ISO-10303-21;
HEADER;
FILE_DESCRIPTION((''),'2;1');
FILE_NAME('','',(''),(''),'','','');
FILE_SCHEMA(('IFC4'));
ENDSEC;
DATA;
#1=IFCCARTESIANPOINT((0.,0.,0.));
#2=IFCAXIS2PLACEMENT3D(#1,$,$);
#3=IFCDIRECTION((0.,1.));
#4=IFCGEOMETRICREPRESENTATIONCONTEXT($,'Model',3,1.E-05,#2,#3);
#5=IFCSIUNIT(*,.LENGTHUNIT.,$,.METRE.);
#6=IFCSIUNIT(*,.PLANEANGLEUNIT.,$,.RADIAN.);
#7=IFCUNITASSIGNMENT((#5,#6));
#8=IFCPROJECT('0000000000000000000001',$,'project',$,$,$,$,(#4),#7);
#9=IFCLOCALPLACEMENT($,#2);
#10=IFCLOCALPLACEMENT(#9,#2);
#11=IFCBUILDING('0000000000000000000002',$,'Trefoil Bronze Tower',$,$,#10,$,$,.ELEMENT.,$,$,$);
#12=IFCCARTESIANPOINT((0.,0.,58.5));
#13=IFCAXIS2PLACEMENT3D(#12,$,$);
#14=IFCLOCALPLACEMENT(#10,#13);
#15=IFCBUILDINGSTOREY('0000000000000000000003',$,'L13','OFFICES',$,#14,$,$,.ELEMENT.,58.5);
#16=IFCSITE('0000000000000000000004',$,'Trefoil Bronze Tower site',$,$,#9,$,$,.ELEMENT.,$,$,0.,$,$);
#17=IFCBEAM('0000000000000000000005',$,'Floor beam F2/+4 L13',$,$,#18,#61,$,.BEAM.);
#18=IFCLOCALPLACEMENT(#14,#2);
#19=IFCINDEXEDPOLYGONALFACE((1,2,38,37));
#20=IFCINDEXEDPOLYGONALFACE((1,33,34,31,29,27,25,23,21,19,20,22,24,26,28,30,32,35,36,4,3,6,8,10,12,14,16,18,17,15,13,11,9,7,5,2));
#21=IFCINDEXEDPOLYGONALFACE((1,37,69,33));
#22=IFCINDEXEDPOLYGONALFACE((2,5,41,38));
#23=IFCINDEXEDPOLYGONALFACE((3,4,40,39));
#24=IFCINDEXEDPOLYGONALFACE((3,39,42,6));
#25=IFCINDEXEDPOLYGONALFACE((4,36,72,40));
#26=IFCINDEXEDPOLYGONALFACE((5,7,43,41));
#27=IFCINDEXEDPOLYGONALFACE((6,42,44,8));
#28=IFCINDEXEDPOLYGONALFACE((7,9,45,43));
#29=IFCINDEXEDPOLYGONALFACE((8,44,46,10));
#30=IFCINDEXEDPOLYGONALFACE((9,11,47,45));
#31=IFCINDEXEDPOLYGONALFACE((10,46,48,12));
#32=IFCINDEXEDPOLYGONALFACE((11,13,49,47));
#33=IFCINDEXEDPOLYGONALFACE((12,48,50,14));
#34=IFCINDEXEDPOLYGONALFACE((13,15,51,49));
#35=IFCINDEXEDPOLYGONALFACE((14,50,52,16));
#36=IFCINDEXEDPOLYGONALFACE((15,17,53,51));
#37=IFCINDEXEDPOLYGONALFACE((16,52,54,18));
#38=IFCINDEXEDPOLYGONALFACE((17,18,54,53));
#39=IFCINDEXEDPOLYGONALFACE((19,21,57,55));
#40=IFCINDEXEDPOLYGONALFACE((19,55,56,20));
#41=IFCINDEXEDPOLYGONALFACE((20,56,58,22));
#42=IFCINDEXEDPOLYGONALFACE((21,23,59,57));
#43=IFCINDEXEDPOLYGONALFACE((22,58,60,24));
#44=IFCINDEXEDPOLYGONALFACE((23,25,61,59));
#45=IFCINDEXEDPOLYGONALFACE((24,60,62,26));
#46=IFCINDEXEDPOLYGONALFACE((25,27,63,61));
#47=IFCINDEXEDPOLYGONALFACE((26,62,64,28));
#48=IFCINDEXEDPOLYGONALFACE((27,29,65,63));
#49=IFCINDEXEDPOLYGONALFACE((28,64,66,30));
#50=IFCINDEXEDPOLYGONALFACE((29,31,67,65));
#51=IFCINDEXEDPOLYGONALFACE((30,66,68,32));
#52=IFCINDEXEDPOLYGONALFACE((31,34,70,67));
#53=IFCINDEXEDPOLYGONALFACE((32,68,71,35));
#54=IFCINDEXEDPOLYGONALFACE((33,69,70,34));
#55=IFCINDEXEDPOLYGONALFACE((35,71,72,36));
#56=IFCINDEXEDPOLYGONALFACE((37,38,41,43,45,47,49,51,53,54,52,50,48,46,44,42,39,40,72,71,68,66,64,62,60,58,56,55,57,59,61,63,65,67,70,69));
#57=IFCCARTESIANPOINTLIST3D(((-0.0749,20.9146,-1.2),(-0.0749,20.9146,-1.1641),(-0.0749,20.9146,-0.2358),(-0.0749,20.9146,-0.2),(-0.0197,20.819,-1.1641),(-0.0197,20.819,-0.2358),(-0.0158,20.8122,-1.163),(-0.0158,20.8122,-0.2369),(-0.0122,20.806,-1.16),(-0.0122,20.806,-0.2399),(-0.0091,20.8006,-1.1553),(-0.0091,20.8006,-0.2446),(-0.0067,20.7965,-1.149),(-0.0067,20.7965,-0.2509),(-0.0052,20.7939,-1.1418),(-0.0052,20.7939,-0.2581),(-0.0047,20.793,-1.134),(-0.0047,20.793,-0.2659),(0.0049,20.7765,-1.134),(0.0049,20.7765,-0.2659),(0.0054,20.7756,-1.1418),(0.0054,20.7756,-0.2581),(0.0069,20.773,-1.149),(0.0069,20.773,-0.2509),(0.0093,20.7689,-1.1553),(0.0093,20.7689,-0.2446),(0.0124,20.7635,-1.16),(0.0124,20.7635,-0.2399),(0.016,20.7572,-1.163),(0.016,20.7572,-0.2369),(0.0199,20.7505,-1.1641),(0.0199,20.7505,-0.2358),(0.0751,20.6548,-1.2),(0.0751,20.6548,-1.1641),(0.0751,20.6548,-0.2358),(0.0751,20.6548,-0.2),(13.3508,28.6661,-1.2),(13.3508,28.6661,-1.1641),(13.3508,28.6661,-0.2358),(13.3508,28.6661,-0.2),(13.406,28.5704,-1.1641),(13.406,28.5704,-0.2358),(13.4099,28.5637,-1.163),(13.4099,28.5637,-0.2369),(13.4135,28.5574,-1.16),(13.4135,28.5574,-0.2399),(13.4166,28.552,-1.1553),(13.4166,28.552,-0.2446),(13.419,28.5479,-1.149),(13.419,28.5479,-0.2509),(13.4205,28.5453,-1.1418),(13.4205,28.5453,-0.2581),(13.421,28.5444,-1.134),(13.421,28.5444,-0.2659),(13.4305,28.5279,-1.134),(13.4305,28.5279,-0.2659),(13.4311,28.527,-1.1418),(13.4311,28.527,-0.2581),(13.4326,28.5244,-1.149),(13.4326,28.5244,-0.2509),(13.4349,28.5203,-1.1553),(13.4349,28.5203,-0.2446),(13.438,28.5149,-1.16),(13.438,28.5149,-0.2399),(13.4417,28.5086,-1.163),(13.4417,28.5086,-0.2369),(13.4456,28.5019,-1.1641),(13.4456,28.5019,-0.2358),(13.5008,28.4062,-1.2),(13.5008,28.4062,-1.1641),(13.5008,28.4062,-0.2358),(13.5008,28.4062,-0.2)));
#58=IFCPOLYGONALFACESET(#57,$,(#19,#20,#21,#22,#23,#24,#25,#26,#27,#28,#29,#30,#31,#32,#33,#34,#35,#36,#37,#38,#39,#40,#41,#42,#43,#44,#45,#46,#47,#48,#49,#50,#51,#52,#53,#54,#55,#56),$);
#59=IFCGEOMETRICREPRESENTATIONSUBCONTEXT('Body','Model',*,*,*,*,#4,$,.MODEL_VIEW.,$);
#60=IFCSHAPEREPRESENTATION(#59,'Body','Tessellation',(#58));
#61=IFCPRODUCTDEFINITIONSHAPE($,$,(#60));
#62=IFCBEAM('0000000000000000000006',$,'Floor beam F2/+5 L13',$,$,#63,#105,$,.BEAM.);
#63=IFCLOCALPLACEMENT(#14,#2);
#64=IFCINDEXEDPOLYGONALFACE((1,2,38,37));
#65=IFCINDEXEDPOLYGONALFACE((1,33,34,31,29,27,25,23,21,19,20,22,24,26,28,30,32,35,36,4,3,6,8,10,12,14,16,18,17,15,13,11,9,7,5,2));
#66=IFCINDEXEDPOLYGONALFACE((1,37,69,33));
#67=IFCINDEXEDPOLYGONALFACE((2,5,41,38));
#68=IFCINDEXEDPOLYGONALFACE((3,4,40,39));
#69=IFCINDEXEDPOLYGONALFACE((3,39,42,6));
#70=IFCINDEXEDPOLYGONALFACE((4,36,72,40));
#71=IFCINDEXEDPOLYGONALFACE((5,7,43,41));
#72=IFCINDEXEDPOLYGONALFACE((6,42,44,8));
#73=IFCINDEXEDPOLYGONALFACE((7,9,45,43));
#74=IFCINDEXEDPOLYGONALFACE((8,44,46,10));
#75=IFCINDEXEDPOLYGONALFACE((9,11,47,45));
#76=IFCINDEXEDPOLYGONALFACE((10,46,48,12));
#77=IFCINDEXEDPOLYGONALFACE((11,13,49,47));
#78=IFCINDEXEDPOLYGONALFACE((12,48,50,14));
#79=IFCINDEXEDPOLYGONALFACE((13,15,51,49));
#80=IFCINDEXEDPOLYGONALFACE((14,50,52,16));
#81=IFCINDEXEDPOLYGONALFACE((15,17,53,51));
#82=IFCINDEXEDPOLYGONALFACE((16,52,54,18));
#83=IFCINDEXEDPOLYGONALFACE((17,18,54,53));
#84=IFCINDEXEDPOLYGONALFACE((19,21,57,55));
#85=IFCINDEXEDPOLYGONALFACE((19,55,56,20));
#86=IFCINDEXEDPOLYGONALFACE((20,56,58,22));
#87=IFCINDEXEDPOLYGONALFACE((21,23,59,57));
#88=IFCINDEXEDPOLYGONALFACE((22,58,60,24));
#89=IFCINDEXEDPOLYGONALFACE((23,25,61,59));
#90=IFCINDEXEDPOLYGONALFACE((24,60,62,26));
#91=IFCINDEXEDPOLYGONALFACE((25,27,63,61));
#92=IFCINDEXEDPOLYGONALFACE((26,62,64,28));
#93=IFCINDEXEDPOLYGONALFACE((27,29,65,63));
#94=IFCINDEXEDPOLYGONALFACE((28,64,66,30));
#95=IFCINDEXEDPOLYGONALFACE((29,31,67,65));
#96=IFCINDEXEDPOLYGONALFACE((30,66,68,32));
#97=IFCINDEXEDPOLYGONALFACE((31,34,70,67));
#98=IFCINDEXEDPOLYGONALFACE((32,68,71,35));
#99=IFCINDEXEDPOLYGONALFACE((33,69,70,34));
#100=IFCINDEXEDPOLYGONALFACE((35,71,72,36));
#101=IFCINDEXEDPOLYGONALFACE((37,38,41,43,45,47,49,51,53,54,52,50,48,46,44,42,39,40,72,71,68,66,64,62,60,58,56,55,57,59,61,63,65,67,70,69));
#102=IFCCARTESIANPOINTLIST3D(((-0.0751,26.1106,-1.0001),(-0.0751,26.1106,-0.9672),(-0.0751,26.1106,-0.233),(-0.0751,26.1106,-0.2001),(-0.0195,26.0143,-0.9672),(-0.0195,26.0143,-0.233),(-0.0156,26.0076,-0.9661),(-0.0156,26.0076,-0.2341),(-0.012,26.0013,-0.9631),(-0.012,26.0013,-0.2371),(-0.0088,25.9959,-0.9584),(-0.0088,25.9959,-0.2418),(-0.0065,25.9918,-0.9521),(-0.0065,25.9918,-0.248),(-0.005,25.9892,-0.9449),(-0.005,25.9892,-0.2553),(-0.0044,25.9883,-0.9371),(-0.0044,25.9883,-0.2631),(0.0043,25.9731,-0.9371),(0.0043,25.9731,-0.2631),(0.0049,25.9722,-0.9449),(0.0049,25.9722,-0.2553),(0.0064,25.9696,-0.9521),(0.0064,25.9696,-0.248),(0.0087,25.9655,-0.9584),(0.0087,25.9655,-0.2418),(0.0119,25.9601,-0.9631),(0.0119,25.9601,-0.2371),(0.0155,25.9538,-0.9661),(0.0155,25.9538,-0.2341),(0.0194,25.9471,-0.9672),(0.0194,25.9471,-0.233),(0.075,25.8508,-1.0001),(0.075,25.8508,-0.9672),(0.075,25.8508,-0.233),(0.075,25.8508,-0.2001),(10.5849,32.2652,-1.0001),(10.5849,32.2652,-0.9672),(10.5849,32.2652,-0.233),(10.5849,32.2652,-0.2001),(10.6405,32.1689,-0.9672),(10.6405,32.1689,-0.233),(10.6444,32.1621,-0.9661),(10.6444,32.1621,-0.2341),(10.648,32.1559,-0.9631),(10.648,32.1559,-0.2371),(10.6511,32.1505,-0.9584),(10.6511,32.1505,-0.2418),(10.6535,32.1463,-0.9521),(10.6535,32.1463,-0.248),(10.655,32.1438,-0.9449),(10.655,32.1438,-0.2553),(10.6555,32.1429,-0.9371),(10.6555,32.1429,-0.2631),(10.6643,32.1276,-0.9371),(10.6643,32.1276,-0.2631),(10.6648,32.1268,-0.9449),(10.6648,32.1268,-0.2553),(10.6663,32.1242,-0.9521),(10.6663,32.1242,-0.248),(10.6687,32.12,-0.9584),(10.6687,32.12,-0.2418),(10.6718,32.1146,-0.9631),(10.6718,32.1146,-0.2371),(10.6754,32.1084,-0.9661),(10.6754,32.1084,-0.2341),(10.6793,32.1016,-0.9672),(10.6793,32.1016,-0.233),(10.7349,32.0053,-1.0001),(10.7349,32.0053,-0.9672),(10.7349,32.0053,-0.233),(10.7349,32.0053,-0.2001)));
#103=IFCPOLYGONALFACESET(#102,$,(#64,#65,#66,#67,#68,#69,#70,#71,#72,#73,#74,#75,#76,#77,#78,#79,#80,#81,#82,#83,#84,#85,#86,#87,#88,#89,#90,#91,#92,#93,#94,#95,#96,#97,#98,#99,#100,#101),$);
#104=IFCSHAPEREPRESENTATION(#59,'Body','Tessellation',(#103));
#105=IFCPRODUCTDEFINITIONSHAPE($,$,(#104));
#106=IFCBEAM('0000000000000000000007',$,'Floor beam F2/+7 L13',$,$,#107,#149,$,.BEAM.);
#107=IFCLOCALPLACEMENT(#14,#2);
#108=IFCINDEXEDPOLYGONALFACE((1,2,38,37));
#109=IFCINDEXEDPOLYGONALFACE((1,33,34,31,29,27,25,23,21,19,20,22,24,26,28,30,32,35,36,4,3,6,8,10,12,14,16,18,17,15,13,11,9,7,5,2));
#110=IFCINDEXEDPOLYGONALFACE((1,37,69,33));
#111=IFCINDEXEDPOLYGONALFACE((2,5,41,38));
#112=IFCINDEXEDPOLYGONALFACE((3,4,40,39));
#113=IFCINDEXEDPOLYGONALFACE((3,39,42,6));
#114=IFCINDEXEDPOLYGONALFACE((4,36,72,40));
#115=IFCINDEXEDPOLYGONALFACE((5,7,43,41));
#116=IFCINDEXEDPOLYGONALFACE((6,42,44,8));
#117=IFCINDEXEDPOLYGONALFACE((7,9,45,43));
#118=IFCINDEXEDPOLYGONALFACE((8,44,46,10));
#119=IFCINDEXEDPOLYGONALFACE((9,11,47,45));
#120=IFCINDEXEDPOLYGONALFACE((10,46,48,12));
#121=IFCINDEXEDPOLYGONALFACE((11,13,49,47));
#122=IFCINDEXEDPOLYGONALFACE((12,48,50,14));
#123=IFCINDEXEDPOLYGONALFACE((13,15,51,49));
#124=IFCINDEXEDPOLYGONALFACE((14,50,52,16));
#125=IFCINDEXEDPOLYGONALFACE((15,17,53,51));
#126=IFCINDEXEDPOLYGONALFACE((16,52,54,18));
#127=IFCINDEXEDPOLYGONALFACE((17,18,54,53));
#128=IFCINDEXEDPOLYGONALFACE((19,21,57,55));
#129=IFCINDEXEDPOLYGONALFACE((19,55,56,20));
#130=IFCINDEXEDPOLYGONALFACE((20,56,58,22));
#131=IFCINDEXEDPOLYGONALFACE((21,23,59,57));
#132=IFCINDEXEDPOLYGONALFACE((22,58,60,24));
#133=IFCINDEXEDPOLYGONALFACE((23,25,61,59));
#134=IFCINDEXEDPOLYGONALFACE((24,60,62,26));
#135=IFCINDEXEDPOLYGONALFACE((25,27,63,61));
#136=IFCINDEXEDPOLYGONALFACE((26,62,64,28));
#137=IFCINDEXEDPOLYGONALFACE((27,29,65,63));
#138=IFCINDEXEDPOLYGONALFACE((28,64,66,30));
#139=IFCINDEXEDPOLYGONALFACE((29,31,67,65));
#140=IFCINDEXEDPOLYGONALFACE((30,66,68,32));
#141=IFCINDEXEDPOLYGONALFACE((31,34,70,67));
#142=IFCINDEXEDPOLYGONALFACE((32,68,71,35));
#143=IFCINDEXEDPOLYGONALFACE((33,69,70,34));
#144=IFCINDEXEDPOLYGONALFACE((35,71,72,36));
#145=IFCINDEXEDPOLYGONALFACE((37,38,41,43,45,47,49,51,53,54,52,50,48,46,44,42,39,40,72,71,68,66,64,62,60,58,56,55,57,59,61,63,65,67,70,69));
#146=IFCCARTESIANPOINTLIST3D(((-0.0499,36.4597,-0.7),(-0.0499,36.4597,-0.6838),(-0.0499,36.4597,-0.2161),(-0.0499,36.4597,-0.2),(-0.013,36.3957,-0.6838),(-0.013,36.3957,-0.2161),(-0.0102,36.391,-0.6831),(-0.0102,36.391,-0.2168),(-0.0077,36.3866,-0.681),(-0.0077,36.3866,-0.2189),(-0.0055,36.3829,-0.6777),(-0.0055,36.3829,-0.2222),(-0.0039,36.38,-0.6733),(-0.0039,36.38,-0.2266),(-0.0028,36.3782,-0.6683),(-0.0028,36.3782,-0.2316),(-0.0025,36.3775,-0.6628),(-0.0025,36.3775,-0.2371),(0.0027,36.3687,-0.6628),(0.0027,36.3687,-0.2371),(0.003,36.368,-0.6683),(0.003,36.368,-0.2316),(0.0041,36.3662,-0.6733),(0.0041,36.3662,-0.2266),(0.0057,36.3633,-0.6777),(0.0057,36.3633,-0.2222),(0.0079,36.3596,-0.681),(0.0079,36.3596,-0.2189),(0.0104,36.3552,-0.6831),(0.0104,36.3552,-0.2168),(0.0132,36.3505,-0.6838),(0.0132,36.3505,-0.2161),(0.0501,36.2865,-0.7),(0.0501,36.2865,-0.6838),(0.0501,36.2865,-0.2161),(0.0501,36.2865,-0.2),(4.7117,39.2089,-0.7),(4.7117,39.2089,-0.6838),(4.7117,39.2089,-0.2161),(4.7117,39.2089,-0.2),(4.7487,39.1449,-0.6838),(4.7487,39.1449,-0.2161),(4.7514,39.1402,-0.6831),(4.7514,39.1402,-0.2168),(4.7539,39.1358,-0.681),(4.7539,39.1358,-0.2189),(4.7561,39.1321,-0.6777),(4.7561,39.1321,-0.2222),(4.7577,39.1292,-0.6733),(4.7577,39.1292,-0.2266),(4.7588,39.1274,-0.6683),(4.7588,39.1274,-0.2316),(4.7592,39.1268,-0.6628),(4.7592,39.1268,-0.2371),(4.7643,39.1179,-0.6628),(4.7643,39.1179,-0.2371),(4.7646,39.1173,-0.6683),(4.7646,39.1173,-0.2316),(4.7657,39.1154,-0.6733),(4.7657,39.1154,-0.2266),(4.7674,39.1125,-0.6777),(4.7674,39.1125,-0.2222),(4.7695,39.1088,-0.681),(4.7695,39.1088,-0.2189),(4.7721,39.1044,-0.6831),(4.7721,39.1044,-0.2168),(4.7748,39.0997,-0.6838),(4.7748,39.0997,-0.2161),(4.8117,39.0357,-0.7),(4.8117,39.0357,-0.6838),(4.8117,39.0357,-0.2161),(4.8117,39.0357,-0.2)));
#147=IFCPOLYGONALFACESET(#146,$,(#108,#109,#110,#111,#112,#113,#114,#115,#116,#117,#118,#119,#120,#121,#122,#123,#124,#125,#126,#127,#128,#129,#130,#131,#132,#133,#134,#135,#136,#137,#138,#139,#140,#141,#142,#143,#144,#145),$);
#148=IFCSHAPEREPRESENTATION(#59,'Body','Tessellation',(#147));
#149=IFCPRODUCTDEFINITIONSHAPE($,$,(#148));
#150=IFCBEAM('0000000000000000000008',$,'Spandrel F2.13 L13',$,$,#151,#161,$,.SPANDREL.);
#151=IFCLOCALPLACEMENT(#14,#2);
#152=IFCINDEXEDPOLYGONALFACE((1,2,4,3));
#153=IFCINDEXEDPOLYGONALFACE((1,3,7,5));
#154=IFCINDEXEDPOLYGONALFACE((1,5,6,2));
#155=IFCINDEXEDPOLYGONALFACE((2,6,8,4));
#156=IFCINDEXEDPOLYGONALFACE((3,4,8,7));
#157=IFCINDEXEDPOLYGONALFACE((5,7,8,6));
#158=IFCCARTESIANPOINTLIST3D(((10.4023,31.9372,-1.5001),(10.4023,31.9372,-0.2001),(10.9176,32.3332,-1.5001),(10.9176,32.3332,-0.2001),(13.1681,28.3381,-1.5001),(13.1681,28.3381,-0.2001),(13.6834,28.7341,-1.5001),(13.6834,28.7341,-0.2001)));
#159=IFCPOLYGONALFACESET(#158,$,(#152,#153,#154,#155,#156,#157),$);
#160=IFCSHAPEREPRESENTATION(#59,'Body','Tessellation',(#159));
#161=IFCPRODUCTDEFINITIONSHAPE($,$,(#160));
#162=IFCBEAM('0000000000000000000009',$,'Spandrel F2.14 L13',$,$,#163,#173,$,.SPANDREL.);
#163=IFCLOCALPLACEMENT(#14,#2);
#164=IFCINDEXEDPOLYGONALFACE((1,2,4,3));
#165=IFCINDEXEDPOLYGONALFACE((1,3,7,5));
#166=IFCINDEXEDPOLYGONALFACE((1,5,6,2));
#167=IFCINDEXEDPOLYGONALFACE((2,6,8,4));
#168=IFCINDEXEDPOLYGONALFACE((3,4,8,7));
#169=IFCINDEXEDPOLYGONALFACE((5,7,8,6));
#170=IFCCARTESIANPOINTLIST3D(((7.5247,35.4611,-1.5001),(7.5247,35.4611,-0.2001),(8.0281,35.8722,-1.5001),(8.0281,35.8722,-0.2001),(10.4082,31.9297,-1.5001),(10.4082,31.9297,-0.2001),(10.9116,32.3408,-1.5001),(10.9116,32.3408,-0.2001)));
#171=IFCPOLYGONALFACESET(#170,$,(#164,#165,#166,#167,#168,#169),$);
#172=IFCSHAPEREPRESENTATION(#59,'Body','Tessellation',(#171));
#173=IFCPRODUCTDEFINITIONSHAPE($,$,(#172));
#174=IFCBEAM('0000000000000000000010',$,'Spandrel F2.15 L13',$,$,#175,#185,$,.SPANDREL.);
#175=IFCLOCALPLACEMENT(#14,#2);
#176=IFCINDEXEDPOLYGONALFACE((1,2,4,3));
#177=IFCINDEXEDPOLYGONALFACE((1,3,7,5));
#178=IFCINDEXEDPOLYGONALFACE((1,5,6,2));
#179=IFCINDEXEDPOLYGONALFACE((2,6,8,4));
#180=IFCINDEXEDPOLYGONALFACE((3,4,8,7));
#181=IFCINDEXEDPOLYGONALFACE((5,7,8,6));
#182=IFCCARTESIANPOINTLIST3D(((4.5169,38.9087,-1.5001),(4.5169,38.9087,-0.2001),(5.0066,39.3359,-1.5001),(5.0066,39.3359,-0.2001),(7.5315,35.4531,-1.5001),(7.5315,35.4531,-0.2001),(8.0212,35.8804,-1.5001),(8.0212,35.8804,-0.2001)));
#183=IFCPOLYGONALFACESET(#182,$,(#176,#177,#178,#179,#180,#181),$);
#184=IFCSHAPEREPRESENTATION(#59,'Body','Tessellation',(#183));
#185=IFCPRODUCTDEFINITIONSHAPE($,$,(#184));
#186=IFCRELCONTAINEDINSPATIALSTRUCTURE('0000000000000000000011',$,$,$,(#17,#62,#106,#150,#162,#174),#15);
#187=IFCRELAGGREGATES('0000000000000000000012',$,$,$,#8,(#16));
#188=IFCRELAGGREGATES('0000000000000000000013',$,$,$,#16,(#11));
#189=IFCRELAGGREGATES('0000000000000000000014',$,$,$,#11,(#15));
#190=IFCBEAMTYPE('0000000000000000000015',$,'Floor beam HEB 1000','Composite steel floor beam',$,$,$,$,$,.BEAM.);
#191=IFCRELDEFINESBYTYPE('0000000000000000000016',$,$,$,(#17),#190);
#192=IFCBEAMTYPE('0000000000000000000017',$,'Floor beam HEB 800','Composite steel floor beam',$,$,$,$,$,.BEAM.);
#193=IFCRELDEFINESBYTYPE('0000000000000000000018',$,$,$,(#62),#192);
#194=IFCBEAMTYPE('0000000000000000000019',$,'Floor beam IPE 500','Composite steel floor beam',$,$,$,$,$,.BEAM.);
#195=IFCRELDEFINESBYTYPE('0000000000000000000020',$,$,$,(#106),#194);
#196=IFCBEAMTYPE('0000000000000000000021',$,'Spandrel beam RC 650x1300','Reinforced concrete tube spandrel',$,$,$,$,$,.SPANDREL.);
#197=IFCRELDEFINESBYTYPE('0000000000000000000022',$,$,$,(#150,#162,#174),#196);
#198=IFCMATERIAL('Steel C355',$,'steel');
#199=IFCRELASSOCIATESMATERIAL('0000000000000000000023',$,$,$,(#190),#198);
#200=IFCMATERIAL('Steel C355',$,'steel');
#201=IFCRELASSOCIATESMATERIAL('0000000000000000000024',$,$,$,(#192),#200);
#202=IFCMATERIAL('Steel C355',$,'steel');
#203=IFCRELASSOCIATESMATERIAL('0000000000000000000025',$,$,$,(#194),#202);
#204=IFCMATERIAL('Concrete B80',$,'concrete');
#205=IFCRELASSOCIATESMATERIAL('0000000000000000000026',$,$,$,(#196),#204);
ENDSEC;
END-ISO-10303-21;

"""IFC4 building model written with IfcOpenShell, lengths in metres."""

from ifc_helpers import new_model, si_unit, direction, frame, origin, origin_2d, place, context, subcontext, project, spatial, rectangle, i_section, extrude, material, material_profile, profile_set, type_object, element, save


model = new_model("IFC4")

# Units and contexts
model_context = context("Model", 3, precision=1e-05, world=origin(), true_north=direction((0.0, 1.0)))
body_context = subcontext(model_context, "Body", "Model", "MODEL_VIEW")
ifc_project = project(units=[si_unit("LENGTHUNIT", "METRE"), si_unit("PLANEANGLEUNIT", "RADIAN")], contexts=[model_context])

# Site, building, storey
site_placement = place(None, origin())
site = spatial("IfcSite", under=ifc_project, at=site_placement, Name="Trefoil Bronze Tower site", CompositionType="ELEMENT", RefElevation=0.0)
building_placement = place(site_placement, origin())
building = spatial("IfcBuilding", under=site, at=building_placement, Name="Trefoil Bronze Tower", CompositionType="ELEMENT")
storey_placement = place(building_placement, frame((0.0, 0.0, 58.5)))
storey = spatial("IfcBuildingStorey", under=building, at=storey_placement, Name="L13", Description="OFFICES", CompositionType="ELEMENT", Elevation=58.5)

# Beams
ifc_material_1 = material(Name="Steel C355", Category="steel")
ifc_material_profile_1 = material_profile(ifc_material_1, i_section(OverallWidth=0.3, OverallDepth=1.0, WebThickness=0.019, FlangeThickness=0.0359, FilletRadius=0.03, at=origin_2d()), Name="HEB 1000")
ifc_profile_set_1 = profile_set([ifc_material_profile_1], Name="Steel C355")
beam_type_1 = type_object("IfcBeamType", Name="Floor beam HEB 1000", Description="Composite steel floor beam", PredefinedType="BEAM", material=ifc_profile_set_1)
beam_1_placement = place(storey_placement, frame((13.4258, 28.5361, -0.7), z_axis=(-0.866023, -0.500004, 0.0), x_axis=(0.500004, -0.866023, 0.0)))
element("IfcBeam", 1, at=beam_1_placement, inside=storey, type_object=beam_type_1, Name="Floor beam F2/+4 L13", PredefinedType="BEAM", context=body_context, shape_type="SweptSolid", body=[
    extrude(i_section(OverallWidth=0.3, OverallDepth=1.0, WebThickness=0.019, FlangeThickness=0.0359, FilletRadius=0.03, at=origin_2d()), origin(), (0.0, 0.0, 1.0), 15.5027),
])
ifc_material_2 = material(Name="Steel C355", Category="steel")
ifc_material_profile_2 = material_profile(ifc_material_2, i_section(OverallWidth=0.3, OverallDepth=0.8, WebThickness=0.0176, FlangeThickness=0.033, FilletRadius=0.03, at=origin_2d()), Name="HEB 800")
ifc_profile_set_2 = profile_set([ifc_material_profile_2], Name="Steel C355")
beam_type_2 = type_object("IfcBeamType", Name="Floor beam HEB 800", Description="Composite steel floor beam", PredefinedType="BEAM", material=ifc_profile_set_2)
beam_2_placement = place(storey_placement, frame((10.6599, 32.1353, -0.6001), z_axis=(-0.866024, -0.500002, 0.0), x_axis=(0.500002, -0.866024, 0.0)))
element("IfcBeam", 2, at=beam_2_placement, inside=storey, type_object=beam_type_2, Name="Floor beam F2/+5 L13", PredefinedType="BEAM", context=body_context, shape_type="SweptSolid", body=[
    extrude(i_section(OverallWidth=0.3, OverallDepth=0.8, WebThickness=0.0176, FlangeThickness=0.033, FilletRadius=0.03, at=origin_2d()), origin(), (0.0, 0.0, 1.0), 12.3091),
])
ifc_material_3 = material(Name="Steel C355", Category="steel")
ifc_material_profile_3 = material_profile(ifc_material_3, i_section(OverallWidth=0.2, OverallDepth=0.5, WebThickness=0.0103, FlangeThickness=0.0161, FilletRadius=0.021, at=origin_2d()), Name="IPE 500")
ifc_profile_set_3 = profile_set([ifc_material_profile_3], Name="Steel C355")
beam_type_3 = type_object("IfcBeamType", Name="Floor beam IPE 500", Description="Composite steel floor beam", PredefinedType="BEAM", material=ifc_profile_set_3)
beam_3_placement = place(storey_placement, frame((4.7617, 39.1223, -0.45), z_axis=(-0.866018, -0.500012, 0.0), x_axis=(0.500012, -0.866018, 0.0)))
element("IfcBeam", 3, at=beam_3_placement, inside=storey, type_object=beam_type_3, Name="Floor beam F2/+7 L13", PredefinedType="BEAM", context=body_context, shape_type="SweptSolid", body=[
    extrude(i_section(OverallWidth=0.2, OverallDepth=0.5, WebThickness=0.0103, FlangeThickness=0.0161, FilletRadius=0.021, at=origin_2d()), origin(), (0.0, 0.0, 1.0), 5.4983),
])
ifc_material_4 = material(Name="Concrete B80", Category="concrete")
ifc_material_profile_4 = material_profile(ifc_material_4, rectangle(XDim=0.6499, YDim=1.3, at=origin_2d()), Name="RC 650x1300")
ifc_profile_set_4 = profile_set([ifc_material_profile_4], Name="Concrete B80")
beam_type_4 = type_object("IfcBeamType", Name="Spandrel beam RC 650x1300", Description="Reinforced concrete tube spandrel", PredefinedType="SPANDREL", material=ifc_profile_set_4)
beam_4_placement = place(storey_placement, frame((13.4258, 28.5361, -0.8501), z_axis=(-0.609339, 0.79291, 0.0), x_axis=(-0.79291, -0.609339, 0.0)))
element("IfcBeam", 4, at=beam_4_placement, inside=storey, type_object=beam_type_4, Name="Spandrel F2.13 L13", PredefinedType="SPANDREL", context=body_context, shape_type="SweptSolid", body=[
    extrude(rectangle(XDim=0.6499, YDim=1.3, at=origin_2d()), origin(), (0.0, 0.0, 1.0), 4.5391),
])
beam_5_placement = place(storey_placement, frame((10.6599, 32.1353, -0.8501), z_axis=(-0.632468, 0.774587, 0.0), x_axis=(-0.774587, -0.632468, 0.0)))
element("IfcBeam", 5, at=beam_5_placement, inside=storey, type_object=beam_type_4, Name="Spandrel F2.14 L13", PredefinedType="SPANDREL", context=body_context, shape_type="SweptSolid", body=[
    extrude(rectangle(XDim=0.6499, YDim=1.3, at=origin_2d()), origin(), (0.0, 0.0, 1.0), 4.5591),
])
beam_6_placement = place(storey_placement, frame((7.7764, 35.6667, -0.8501), z_axis=(-0.657396, 0.753545, 0.0), x_axis=(-0.753545, -0.657396, 0.0)))
element("IfcBeam", 6, at=beam_6_placement, inside=storey, type_object=beam_type_4, Name="Spandrel F2.15 L13", PredefinedType="SPANDREL", context=body_context, shape_type="SweptSolid", body=[
    extrude(rectangle(XDim=0.6499, YDim=1.3, at=origin_2d()), origin(), (0.0, 0.0, 1.0), 4.5857),
])

save(model, "model.ifc")
